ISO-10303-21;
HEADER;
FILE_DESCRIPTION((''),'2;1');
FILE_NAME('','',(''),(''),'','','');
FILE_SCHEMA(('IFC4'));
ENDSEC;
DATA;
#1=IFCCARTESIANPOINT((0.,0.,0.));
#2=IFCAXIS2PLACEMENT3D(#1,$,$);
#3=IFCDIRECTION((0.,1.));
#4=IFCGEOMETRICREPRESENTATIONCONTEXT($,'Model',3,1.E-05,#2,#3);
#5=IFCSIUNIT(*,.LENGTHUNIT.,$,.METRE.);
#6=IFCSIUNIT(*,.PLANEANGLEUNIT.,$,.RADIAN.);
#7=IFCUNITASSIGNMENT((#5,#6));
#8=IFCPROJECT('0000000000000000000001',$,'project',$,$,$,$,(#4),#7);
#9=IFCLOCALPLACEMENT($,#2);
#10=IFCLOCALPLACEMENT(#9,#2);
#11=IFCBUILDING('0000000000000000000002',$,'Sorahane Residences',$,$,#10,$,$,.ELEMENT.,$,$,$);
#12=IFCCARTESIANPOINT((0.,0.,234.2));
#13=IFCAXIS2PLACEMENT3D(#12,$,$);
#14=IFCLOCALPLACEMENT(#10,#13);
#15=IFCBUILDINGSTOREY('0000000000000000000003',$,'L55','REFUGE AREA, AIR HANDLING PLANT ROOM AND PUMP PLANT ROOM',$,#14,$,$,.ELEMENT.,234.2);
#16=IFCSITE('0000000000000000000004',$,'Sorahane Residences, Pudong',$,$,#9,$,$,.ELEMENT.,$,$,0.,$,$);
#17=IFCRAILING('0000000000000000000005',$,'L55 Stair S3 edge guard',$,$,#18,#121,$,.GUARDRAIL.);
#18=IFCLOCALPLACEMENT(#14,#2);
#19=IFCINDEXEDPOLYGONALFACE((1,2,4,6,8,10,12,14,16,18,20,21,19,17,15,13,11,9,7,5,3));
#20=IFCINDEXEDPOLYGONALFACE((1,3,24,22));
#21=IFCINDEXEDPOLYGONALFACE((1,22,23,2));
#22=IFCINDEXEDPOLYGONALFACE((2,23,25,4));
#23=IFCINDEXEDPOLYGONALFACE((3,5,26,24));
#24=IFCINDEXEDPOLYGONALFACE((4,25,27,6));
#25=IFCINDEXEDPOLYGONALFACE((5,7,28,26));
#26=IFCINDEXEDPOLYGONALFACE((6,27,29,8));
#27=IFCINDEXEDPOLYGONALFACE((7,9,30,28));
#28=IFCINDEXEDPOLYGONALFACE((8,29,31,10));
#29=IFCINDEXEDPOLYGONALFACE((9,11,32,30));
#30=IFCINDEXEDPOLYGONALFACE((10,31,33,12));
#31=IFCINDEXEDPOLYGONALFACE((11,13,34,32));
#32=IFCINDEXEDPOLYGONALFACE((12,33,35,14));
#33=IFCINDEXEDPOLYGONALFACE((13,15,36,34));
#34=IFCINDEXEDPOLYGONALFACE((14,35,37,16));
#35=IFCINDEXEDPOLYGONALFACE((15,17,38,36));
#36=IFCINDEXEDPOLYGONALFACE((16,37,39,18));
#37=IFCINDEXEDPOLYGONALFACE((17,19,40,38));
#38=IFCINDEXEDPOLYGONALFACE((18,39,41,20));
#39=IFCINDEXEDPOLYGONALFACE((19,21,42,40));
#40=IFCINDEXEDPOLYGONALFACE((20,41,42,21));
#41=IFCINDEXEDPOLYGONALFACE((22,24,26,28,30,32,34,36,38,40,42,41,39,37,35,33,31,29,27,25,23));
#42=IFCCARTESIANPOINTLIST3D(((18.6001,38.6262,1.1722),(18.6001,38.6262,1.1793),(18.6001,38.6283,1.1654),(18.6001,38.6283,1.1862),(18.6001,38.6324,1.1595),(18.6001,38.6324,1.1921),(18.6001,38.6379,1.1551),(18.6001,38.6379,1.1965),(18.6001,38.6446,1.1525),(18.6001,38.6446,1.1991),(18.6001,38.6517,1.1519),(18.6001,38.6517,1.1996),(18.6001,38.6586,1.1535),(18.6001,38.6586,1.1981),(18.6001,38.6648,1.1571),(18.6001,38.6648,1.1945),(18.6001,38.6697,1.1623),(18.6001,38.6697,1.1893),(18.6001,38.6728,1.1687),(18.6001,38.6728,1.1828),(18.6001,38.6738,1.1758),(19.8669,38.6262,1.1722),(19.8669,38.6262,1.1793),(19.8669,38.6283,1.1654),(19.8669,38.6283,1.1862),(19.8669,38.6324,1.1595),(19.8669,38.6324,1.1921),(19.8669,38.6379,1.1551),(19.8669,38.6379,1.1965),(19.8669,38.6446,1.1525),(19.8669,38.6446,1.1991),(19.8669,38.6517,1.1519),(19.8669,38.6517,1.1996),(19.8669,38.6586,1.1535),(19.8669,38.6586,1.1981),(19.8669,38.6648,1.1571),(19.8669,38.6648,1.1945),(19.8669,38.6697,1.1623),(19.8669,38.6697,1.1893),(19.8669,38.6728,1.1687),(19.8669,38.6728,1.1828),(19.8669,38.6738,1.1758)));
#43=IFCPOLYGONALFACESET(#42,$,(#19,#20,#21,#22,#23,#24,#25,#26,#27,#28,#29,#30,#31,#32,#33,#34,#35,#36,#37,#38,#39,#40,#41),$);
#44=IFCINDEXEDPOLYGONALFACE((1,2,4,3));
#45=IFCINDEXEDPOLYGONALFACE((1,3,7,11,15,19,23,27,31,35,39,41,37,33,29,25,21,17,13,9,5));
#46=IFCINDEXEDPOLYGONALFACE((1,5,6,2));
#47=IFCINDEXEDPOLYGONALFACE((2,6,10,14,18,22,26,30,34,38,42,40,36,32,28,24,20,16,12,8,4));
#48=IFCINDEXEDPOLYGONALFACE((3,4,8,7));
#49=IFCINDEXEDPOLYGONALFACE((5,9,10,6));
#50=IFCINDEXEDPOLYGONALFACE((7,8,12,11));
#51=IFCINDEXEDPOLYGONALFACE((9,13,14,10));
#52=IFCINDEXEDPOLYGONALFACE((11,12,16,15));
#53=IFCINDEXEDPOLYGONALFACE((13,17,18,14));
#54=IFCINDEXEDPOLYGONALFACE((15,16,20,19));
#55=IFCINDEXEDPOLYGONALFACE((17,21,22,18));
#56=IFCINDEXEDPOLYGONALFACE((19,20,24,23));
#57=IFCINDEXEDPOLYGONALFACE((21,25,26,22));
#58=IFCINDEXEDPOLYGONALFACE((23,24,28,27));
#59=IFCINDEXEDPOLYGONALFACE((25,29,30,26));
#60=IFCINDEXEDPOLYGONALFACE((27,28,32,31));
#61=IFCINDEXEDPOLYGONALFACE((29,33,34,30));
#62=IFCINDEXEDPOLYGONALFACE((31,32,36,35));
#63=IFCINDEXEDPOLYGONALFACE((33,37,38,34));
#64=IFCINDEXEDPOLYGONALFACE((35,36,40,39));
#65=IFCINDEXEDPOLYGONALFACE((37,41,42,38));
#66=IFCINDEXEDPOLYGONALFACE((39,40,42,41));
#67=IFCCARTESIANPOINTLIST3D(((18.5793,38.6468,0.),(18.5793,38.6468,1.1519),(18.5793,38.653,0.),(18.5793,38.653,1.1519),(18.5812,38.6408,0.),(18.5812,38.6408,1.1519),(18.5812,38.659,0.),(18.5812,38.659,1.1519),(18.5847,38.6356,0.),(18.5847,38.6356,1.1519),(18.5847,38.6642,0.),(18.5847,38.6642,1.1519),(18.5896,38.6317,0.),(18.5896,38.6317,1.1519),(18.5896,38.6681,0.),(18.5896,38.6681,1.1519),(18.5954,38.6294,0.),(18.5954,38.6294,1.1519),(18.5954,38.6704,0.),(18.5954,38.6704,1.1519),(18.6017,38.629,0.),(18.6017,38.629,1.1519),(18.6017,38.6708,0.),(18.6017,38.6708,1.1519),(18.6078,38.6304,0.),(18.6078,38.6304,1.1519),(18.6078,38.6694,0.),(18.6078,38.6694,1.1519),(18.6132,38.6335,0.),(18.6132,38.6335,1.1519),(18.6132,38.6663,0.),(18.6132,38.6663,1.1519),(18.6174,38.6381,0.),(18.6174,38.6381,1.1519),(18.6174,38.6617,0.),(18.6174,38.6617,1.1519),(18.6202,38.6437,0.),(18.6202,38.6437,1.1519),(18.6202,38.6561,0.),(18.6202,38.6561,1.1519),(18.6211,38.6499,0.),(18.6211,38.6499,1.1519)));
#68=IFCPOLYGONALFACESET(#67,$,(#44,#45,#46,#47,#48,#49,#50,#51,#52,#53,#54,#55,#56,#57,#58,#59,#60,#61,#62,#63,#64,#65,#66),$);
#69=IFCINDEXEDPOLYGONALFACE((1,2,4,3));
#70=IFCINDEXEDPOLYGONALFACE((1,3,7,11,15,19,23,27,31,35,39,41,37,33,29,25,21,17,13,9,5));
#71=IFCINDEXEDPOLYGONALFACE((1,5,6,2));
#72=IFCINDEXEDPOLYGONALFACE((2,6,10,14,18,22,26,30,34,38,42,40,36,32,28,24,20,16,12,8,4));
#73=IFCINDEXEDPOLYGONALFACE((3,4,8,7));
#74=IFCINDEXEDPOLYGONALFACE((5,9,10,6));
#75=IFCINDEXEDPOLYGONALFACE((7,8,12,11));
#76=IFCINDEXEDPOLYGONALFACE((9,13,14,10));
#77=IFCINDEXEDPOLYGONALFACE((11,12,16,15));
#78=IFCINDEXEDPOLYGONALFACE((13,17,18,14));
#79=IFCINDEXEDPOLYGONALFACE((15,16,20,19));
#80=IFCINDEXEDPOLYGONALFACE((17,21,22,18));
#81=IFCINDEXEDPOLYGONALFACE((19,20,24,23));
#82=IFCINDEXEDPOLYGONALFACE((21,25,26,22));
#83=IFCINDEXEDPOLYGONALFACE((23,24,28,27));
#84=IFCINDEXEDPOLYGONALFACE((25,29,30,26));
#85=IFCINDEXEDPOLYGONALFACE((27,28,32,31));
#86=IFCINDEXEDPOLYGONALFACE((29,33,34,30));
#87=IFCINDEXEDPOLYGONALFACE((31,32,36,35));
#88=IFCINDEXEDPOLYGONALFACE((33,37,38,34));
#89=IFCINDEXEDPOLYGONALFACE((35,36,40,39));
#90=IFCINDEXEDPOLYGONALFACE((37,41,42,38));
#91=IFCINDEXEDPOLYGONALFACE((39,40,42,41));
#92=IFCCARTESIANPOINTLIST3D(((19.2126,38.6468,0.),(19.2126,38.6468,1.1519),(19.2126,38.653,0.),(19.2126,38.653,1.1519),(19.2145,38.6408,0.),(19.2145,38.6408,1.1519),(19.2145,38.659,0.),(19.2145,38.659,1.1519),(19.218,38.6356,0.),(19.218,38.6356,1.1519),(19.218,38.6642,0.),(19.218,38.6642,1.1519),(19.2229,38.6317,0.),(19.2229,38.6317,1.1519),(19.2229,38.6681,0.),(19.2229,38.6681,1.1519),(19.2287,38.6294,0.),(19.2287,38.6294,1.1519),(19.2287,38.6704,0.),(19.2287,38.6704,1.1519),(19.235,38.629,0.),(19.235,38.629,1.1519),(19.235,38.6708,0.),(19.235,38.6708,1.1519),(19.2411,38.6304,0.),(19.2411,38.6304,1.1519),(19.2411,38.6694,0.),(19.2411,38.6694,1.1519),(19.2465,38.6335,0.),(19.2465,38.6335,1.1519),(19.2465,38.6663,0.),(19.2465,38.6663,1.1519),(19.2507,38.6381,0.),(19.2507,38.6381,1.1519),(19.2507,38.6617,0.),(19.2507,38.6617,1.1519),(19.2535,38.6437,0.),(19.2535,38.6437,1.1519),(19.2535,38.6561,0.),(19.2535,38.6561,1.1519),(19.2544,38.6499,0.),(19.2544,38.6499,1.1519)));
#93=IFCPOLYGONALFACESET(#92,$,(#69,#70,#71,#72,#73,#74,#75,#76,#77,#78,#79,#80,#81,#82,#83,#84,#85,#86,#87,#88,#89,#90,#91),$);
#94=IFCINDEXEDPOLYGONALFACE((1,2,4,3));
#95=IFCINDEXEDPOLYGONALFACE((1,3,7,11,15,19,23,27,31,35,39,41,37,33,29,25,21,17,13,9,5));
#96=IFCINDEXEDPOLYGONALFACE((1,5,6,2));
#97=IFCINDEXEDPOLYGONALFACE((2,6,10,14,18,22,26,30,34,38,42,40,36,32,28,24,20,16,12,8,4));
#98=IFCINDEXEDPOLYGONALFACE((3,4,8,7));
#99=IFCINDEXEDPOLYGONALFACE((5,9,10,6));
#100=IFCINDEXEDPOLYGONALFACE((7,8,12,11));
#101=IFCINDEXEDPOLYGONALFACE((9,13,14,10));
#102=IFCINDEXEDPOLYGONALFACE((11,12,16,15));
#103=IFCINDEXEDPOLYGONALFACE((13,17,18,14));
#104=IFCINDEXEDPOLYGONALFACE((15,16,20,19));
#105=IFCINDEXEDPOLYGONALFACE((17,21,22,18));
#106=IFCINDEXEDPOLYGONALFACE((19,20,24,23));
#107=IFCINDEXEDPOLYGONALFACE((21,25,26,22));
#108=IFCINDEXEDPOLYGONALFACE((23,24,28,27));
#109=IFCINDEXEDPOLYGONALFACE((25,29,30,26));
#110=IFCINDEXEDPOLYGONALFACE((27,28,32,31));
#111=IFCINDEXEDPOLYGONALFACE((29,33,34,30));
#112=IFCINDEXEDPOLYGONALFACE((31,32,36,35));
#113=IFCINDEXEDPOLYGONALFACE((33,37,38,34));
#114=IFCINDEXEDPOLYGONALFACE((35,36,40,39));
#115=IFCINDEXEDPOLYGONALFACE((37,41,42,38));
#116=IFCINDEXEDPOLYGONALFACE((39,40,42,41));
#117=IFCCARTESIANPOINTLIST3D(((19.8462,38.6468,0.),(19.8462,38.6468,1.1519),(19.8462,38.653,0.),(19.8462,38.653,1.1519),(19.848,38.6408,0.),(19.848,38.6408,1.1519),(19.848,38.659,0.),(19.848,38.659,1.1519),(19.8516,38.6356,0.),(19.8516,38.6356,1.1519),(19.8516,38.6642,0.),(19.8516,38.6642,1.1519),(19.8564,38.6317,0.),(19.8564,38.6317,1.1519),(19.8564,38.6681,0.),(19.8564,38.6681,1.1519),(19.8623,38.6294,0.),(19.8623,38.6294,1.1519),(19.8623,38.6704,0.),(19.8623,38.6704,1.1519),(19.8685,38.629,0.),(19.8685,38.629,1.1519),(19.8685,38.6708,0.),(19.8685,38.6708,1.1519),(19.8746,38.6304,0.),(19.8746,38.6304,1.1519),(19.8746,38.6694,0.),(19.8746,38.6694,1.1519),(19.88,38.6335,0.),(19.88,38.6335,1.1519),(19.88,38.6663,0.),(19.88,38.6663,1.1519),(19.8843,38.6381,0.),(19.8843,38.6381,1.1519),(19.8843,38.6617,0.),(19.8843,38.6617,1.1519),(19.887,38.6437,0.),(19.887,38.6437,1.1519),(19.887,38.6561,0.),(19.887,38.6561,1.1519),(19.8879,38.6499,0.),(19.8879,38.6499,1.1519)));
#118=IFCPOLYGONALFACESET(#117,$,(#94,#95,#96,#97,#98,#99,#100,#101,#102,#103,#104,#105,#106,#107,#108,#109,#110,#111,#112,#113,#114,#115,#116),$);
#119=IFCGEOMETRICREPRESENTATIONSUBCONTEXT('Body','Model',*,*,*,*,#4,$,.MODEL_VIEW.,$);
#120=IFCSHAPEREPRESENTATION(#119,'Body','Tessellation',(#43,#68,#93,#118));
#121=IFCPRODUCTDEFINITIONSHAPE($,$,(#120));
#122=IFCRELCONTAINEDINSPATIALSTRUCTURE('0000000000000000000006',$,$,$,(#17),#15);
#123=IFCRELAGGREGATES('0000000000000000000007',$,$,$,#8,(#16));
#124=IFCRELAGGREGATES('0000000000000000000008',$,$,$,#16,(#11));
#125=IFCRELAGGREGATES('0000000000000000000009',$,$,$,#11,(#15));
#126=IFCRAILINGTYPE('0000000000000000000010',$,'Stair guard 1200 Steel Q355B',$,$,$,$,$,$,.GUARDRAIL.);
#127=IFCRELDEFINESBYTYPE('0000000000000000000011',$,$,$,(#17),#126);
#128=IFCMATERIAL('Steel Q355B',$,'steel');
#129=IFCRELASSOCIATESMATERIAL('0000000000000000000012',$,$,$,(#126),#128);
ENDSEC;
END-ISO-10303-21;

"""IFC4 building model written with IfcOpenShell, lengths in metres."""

from ifc_helpers import new_model, si_unit, direction, frame, origin, origin_2d, place, context, subcontext, project, spatial, circle, extrude, material, type_object, element, save


model = new_model("IFC4")

# Units and contexts
model_context = context("Model", 3, precision=1e-05, world=origin(), true_north=direction((0.0, 1.0)))
body_context = subcontext(model_context, "Body", "Model", "MODEL_VIEW")
ifc_project = project(units=[si_unit("LENGTHUNIT", "METRE"), si_unit("PLANEANGLEUNIT", "RADIAN")], contexts=[model_context])

# Site, building, storey
site_placement = place(None, origin())
site = spatial("IfcSite", under=ifc_project, at=site_placement, Name="Sorahane Residences, Pudong", CompositionType="ELEMENT", RefElevation=0.0)
building_placement = place(site_placement, origin())
building = spatial("IfcBuilding", under=site, at=building_placement, Name="Sorahane Residences", CompositionType="ELEMENT")
storey_placement = place(building_placement, frame((0.0, 0.0, 234.2)))
storey = spatial("IfcBuildingStorey", under=building, at=storey_placement, Name="L55", Description="REFUGE AREA, AIR HANDLING PLANT ROOM AND PUMP PLANT ROOM", CompositionType="ELEMENT", Elevation=234.2)

# Railing
ifc_material_1 = material(Name="Steel Q355B", Category="steel")
railing_type = type_object("IfcRailingType", Name="Stair guard 1200 Steel Q355B", PredefinedType="GUARDRAIL", material=ifc_material_1)
railing_1_placement = place(storey_placement, frame((18.6001, 38.6499, 0.0)))
element("IfcRailing", 1, at=railing_1_placement, inside=storey, type_object=railing_type, Name="L55 Stair S3 edge guard", PredefinedType="GUARDRAIL", context=body_context, shape_type="SweptSolid", body=[
    extrude(circle(Radius=0.0239, at=origin_2d()), frame((0.0, 0.0, 1.1758), z_axis=(1.0, 0.0, 0.0), x_axis=(0.0, 1.0, 0.0)), (0.0, 0.0, 1.0), 1.2668),
    extrude(circle(Radius=0.021, at=origin_2d()), origin(), (0.0, 0.0, 1.0), 1.1519),
    extrude(circle(Radius=0.021, at=origin_2d()), frame((0.6333, 0.0, 0.0)), (0.0, 0.0, 1.0), 1.1519),
    extrude(circle(Radius=0.021, at=origin_2d()), frame((1.2668, 0.0, 0.0)), (0.0, 0.0, 1.0), 1.1519),
])

save(model, "model.ifc")
